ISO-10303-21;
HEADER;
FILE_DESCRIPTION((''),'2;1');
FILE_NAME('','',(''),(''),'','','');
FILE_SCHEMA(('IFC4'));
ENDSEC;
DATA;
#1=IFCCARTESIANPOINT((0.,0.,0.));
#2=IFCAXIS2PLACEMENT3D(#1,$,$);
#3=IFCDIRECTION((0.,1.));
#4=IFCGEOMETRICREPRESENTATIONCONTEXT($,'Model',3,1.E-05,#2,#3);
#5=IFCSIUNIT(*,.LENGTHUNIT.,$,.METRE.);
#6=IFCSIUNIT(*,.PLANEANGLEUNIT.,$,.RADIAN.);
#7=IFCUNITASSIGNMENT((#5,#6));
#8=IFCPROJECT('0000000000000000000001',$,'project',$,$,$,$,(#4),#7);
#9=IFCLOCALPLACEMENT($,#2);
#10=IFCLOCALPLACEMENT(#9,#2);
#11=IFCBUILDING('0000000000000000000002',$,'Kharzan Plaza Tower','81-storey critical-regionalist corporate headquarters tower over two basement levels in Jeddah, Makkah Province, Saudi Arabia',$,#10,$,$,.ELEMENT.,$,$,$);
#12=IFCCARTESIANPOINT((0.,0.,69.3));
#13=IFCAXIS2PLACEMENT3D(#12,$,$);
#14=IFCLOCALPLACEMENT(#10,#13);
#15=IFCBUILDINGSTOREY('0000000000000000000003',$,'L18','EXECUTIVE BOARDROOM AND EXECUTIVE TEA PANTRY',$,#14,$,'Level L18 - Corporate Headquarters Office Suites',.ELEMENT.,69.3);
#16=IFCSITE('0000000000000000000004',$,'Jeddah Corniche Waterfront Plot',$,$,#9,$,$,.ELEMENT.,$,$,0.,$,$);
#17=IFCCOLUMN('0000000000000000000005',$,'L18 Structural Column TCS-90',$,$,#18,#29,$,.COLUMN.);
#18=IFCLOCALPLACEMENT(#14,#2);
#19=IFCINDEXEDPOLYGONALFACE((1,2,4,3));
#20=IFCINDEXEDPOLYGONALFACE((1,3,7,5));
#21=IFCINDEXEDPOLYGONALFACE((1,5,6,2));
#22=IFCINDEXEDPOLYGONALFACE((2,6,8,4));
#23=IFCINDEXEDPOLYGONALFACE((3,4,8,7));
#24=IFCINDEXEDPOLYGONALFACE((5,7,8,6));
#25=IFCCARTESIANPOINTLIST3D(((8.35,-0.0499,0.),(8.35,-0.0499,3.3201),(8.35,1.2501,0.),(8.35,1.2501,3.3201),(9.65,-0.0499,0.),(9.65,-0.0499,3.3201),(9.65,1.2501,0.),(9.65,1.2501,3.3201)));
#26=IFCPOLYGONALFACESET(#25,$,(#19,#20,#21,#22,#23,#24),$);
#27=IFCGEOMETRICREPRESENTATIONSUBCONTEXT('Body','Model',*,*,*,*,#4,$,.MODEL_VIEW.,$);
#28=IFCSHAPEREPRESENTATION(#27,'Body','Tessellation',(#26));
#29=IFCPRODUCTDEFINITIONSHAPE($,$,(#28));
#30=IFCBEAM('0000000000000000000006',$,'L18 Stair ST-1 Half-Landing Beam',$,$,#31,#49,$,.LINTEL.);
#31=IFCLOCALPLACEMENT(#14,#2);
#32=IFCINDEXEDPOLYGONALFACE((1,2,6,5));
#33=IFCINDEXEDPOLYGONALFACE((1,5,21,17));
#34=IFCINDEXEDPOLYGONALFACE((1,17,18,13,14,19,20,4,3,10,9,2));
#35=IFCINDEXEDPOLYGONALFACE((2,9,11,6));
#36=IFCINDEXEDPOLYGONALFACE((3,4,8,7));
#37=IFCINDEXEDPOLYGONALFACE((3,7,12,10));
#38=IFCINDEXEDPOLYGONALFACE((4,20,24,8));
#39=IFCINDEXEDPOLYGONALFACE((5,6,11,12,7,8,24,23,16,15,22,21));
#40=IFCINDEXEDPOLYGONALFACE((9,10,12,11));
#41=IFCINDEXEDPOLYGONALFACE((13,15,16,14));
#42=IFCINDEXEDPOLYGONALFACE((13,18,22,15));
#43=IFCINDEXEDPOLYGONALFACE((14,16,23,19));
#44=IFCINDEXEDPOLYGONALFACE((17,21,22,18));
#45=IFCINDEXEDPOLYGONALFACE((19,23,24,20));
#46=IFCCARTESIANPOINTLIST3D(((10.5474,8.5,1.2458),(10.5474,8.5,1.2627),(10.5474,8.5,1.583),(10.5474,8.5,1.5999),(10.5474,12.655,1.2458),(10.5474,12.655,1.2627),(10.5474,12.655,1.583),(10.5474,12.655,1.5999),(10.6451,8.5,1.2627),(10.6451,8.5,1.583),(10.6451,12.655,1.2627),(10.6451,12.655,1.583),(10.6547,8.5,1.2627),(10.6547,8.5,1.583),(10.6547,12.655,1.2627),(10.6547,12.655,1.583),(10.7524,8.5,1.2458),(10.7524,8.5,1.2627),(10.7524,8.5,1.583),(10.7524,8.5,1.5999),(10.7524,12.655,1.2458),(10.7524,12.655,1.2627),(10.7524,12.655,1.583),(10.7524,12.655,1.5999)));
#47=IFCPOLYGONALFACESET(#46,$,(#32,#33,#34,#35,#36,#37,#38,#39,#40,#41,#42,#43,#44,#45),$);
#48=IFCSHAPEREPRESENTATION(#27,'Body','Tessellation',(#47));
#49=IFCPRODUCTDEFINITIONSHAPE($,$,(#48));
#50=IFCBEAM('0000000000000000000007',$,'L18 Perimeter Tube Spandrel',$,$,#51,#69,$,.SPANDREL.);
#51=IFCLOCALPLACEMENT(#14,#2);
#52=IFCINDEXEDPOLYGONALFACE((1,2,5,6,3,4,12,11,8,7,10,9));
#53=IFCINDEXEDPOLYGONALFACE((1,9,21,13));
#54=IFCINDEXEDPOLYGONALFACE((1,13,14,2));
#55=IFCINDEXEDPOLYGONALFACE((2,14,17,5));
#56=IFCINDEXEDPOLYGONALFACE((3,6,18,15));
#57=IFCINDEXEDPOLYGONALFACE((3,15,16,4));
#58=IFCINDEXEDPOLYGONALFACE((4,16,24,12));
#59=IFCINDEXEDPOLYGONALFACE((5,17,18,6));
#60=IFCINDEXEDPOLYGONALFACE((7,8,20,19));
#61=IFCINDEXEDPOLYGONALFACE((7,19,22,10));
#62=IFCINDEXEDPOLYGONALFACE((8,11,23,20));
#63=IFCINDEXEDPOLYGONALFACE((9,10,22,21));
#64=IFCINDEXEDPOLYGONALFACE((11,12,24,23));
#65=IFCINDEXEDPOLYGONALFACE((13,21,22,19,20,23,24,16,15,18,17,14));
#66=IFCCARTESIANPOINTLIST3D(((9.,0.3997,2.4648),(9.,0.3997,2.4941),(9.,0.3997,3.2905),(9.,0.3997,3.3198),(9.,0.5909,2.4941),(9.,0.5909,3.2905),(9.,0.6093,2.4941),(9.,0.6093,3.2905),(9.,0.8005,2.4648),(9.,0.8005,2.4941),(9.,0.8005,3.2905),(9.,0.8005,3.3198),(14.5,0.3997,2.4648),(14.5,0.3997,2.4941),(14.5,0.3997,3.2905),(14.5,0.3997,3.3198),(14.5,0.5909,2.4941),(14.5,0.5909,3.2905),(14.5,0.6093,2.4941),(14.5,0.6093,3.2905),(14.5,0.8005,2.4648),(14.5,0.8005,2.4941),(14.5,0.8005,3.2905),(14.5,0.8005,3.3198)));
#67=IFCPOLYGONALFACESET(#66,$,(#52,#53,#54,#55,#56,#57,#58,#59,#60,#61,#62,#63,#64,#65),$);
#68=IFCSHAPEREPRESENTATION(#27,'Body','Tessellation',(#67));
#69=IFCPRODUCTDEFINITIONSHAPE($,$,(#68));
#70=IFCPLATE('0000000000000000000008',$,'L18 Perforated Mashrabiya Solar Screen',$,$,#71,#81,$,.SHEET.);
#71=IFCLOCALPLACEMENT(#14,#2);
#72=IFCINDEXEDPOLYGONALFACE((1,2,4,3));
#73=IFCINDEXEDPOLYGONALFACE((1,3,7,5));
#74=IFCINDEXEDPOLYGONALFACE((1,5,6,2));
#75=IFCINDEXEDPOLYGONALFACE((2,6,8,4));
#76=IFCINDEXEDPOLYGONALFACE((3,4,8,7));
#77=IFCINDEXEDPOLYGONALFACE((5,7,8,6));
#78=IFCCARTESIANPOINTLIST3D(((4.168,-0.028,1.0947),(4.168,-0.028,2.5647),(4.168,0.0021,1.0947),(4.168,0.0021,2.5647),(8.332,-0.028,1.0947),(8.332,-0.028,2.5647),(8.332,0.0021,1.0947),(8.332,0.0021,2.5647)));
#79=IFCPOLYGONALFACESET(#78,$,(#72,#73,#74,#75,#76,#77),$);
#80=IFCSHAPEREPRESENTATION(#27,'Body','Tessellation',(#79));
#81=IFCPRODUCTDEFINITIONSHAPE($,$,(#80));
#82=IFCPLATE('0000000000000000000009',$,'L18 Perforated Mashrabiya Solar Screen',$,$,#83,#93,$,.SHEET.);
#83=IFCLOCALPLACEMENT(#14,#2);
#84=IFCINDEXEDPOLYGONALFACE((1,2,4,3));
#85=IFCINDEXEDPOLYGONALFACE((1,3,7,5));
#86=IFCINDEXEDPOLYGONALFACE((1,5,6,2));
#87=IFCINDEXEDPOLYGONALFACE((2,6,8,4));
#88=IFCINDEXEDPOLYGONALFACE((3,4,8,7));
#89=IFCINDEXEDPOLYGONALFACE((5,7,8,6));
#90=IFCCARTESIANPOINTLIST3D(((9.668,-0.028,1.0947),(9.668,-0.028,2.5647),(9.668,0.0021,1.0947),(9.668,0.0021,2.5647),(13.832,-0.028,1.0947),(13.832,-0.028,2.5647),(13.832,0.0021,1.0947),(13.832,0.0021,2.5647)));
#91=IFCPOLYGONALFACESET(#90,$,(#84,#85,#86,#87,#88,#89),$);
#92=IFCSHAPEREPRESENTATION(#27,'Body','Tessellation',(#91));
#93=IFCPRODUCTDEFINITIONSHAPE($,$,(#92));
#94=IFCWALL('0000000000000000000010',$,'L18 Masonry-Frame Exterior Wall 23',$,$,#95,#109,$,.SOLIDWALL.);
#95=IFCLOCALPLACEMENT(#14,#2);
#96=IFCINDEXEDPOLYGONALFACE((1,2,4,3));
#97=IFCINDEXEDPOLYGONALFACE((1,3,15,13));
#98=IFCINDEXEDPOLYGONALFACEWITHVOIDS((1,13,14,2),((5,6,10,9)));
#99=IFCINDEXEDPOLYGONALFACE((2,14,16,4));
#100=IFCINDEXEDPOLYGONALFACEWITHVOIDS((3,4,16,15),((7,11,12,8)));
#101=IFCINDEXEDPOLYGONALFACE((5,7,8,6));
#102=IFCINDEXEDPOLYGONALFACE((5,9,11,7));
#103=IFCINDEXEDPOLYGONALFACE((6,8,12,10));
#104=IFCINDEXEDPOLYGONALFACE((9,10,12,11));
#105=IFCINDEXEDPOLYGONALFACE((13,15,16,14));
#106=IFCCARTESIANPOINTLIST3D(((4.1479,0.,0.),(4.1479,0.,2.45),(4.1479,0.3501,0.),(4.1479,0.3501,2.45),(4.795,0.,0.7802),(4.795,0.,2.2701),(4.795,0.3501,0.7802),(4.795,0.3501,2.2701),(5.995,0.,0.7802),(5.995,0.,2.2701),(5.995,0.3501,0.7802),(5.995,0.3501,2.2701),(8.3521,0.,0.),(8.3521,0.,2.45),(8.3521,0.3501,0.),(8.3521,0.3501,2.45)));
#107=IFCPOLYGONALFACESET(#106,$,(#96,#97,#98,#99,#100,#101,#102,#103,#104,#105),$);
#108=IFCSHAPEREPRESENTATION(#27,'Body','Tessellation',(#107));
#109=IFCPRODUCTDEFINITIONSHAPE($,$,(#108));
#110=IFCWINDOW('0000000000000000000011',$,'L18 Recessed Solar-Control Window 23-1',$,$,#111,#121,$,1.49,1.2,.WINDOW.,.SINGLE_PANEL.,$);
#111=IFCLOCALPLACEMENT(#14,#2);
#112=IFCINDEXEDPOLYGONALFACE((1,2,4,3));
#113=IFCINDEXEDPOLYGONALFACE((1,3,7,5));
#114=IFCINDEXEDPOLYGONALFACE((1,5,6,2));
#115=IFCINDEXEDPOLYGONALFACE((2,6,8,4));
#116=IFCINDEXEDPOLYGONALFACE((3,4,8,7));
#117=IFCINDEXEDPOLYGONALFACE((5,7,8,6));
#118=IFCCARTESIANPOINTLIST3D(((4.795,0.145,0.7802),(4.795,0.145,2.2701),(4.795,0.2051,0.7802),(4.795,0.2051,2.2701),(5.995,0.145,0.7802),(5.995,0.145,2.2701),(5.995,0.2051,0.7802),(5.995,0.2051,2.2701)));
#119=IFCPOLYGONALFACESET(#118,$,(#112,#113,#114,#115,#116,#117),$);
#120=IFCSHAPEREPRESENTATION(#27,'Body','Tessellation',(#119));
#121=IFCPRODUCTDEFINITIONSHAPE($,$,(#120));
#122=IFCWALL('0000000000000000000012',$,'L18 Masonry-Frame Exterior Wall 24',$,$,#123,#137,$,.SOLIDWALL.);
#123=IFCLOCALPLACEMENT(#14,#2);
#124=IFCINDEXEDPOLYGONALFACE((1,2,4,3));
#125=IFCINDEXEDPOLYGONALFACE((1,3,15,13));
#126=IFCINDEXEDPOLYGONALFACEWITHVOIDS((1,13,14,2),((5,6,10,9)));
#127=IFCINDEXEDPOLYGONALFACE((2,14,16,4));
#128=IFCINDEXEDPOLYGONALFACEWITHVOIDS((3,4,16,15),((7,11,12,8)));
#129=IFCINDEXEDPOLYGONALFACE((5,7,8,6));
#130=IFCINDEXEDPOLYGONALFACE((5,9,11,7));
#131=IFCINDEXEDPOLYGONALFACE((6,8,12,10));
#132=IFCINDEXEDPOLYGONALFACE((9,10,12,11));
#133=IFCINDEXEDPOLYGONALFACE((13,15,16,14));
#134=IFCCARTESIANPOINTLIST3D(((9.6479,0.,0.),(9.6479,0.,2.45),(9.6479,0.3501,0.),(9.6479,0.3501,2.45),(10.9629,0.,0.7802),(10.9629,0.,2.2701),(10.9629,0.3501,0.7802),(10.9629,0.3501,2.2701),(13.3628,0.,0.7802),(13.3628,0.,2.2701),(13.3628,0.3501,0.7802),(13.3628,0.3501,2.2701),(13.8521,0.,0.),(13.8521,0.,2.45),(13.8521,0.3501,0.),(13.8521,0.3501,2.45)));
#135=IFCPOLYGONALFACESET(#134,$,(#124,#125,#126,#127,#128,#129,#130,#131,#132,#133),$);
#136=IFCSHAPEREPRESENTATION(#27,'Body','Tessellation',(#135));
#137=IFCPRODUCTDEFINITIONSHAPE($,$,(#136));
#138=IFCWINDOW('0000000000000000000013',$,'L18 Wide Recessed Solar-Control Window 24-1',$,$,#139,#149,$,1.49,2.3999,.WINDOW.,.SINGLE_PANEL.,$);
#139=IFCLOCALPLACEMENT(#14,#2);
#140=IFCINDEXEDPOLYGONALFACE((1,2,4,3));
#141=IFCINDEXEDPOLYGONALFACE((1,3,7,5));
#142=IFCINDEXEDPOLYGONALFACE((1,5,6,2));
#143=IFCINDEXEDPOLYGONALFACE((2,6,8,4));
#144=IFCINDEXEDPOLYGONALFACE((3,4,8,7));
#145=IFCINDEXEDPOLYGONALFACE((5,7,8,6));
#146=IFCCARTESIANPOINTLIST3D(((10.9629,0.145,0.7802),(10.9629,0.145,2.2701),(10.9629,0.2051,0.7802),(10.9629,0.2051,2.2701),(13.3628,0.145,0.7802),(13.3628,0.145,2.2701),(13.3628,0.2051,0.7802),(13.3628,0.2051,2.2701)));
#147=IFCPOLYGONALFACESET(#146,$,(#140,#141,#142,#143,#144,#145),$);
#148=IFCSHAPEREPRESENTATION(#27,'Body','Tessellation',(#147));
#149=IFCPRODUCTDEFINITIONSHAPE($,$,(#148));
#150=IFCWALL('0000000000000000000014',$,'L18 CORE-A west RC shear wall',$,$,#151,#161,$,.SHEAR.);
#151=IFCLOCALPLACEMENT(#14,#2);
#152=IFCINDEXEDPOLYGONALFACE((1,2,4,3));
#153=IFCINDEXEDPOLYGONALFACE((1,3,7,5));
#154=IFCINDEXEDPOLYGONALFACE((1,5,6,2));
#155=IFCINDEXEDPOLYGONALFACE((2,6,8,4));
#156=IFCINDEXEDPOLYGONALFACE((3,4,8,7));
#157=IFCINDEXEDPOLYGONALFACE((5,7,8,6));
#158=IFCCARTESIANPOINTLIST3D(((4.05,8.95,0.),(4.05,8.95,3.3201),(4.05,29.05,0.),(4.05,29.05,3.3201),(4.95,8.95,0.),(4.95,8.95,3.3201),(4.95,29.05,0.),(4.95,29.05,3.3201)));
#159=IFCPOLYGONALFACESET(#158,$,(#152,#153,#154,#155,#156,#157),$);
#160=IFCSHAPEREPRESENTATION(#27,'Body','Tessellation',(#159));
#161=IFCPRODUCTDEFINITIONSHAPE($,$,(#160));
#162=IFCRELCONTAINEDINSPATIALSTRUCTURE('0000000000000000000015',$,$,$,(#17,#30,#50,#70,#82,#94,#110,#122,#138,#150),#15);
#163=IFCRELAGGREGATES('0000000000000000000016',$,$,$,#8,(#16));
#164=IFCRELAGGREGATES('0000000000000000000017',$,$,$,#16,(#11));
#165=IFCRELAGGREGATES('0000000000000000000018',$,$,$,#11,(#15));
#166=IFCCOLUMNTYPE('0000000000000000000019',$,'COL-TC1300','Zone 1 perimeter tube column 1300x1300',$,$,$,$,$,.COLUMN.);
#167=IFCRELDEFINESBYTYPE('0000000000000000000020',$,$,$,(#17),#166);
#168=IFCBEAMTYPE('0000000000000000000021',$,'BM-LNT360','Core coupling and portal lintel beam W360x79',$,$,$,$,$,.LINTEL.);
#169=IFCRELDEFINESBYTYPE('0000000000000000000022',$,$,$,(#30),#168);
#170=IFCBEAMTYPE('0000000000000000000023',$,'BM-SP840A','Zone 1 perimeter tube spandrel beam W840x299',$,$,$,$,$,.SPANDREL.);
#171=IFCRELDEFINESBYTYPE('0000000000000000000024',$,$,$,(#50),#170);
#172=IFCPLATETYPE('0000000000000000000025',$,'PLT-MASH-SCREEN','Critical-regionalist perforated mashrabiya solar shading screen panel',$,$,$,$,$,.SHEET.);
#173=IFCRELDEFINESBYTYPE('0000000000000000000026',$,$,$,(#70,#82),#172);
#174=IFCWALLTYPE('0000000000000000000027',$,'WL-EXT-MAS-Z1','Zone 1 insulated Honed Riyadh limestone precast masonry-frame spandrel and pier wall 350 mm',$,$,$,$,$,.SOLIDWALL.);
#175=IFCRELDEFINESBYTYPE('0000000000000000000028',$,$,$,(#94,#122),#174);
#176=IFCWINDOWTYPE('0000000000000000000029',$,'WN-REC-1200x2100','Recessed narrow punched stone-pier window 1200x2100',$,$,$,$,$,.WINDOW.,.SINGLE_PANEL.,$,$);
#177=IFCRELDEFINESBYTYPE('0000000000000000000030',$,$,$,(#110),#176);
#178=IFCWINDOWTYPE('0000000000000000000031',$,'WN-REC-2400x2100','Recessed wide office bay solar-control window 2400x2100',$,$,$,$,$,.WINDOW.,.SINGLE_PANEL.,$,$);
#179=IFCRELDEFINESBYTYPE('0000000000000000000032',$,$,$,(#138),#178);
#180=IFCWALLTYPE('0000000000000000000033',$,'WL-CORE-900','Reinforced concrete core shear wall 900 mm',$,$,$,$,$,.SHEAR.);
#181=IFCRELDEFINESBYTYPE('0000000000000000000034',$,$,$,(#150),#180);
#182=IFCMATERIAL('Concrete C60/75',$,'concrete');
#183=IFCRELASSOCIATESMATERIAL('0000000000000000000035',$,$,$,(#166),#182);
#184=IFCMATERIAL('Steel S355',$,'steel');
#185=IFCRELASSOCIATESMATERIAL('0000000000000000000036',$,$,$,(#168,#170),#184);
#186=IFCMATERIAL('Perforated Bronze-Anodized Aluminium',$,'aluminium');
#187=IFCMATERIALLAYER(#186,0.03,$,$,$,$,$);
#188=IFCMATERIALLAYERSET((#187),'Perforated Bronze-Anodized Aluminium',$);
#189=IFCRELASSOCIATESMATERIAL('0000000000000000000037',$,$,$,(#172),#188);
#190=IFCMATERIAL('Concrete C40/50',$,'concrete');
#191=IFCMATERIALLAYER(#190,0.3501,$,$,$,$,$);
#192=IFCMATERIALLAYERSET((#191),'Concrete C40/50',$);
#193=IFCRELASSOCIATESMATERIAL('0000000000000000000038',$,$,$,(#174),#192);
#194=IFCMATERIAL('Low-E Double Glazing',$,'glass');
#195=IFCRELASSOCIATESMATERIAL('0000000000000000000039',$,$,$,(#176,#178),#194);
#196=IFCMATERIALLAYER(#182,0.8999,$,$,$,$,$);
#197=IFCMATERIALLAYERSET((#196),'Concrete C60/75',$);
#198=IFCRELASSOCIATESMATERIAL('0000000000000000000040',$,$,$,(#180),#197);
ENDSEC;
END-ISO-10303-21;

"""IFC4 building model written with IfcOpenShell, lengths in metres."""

from ifc_helpers import new_model, si_unit, direction, frame, frame_2d, origin, origin_2d, place, context, subcontext, project, spatial, rectangle, i_section, extrude, source, transform, mapped, material, layer, layer_set, material_profile, profile_set, type_object, element, fill, save


model = new_model("IFC4")

# Units and contexts
model_context = context("Model", 3, precision=1e-05, world=origin(), true_north=direction((0.0, 1.0)))
body_context = subcontext(model_context, "Body", "Model", "MODEL_VIEW")
ifc_project = project(units=[si_unit("LENGTHUNIT", "METRE"), si_unit("PLANEANGLEUNIT", "RADIAN")], contexts=[model_context])

# Site, building, storey
site_placement = place(None, origin())
site = spatial("IfcSite", under=ifc_project, at=site_placement, Name="Jeddah Corniche Waterfront Plot", CompositionType="ELEMENT", RefElevation=0.0)
building_placement = place(site_placement, origin())
building = spatial("IfcBuilding", under=site, at=building_placement, Name="Kharzan Plaza Tower", Description="81-storey critical-regionalist corporate headquarters tower over two basement levels in Jeddah, Makkah Province, Saudi Arabia", CompositionType="ELEMENT")
storey_placement = place(building_placement, frame((0.0, 0.0, 69.3)))
storey = spatial("IfcBuildingStorey", under=building, at=storey_placement, Name="L18", Description="EXECUTIVE BOARDROOM AND EXECUTIVE TEA PANTRY", LongName="Level L18 - Corporate Headquarters Office Suites", CompositionType="ELEMENT", Elevation=69.3)

# Column
ifc_material_1 = material(Name="Concrete C60/75", Category="concrete")
ifc_material_profile_1 = material_profile(ifc_material_1, rectangle(XDim=1.3, YDim=1.3, at=origin_2d()), Name="RC-TC1300x1300")
ifc_profile_set_1 = profile_set([ifc_material_profile_1], Name="Concrete C60/75")
column_type = type_object("IfcColumnType", Name="COL-TC1300", Description="Zone 1 perimeter tube column 1300x1300", PredefinedType="COLUMN", material=ifc_profile_set_1)
shared_shape_1 = source(origin(), body_context, "Body", "SweptSolid", [
    extrude(rectangle(XDim=1.3, YDim=1.3, at=origin_2d()), origin(), (0.0, 0.0, 1.0), 3.3201),
])
column_placement = place(storey_placement, frame((9.0, 0.6001, 0.0), z_axis=(0.0, 0.0, 1.0), x_axis=(1.0, 0.0, 0.0)))
element("IfcColumn", 1, at=column_placement, inside=storey, type_object=column_type, Name="L18 Structural Column TCS-90", PredefinedType="COLUMN", context=body_context, shape_type="MappedRepresentation", body=[
    mapped(shared_shape_1, transform((0.0, 0.0, 0.0), x_axis=(1.0, 0.0, 0.0), y_axis=(0.0, 1.0, 0.0), z_axis=(0.0, 0.0, 1.0))),
])

# Beams
ifc_material_2 = material(Name="Steel S355", Category="steel")
ifc_material_profile_2 = material_profile(ifc_material_2, i_section(OverallWidth=0.2051, OverallDepth=0.354, WebThickness=0.0095, FlangeThickness=0.0168, at=origin_2d()), Name="W360x79")
ifc_profile_set_2 = profile_set([ifc_material_profile_2], Name="Steel S355")
beam_type_1 = type_object("IfcBeamType", Name="BM-LNT360", Description="Core coupling and portal lintel beam W360x79", PredefinedType="LINTEL", material=ifc_profile_set_2)
shared_shape_2 = source(origin(), body_context, "Body", "SweptSolid", [
    extrude(i_section(OverallWidth=0.2051, OverallDepth=0.354, WebThickness=0.0095, FlangeThickness=0.0168, at=origin_2d()), origin(), (0.0, 0.0, 1.0), 4.155),
])
beam_1_placement = place(storey_placement, frame((10.6499, 8.5, 1.4229), z_axis=(0.0, 1.0, 0.0), x_axis=(-1.0, 0.0, 0.0)))
element("IfcBeam", 2, at=beam_1_placement, inside=storey, type_object=beam_type_1, Name="L18 Stair ST-1 Half-Landing Beam", PredefinedType="LINTEL", context=body_context, shape_type="MappedRepresentation", body=[
    mapped(shared_shape_2, transform((0.0, 0.0, 0.0), x_axis=(1.0, 0.0, 0.0), y_axis=(0.0, 1.0, 0.0), z_axis=(0.0, 0.0, 1.0))),
])
ifc_material_profile_3 = material_profile(ifc_material_2, i_section(OverallWidth=0.4009, OverallDepth=0.855, WebThickness=0.0183, FlangeThickness=0.0293, at=origin_2d()), Name="W840x299")
ifc_profile_set_3 = profile_set([ifc_material_profile_3], Name="Steel S355")
beam_type_2 = type_object("IfcBeamType", Name="BM-SP840A", Description="Zone 1 perimeter tube spandrel beam W840x299", PredefinedType="SPANDREL", material=ifc_profile_set_3)
shared_shape_3 = source(origin(), body_context, "Body", "SweptSolid", [
    extrude(i_section(OverallWidth=0.4009, OverallDepth=0.855, WebThickness=0.0183, FlangeThickness=0.0293, at=origin_2d()), origin(), (0.0, 0.0, 1.0), 5.5),
])
beam_2_placement = place(storey_placement, frame((9.0, 0.6001, 2.8923), z_axis=(1.0, 0.0, 0.0), x_axis=(0.0, 1.0, 0.0)))
element("IfcBeam", 3, at=beam_2_placement, inside=storey, type_object=beam_type_2, Name="L18 Perimeter Tube Spandrel", PredefinedType="SPANDREL", context=body_context, shape_type="MappedRepresentation", body=[
    mapped(shared_shape_3, transform((0.0, 0.0, 0.0), x_axis=(1.0, 0.0, 0.0), y_axis=(0.0, 1.0, 0.0), z_axis=(0.0, 0.0, 1.0))),
])

# Plates
ifc_material_3 = material(Name="Perforated Bronze-Anodized Aluminium", Category="aluminium")
ifc_layer_1 = layer(ifc_material_3, 0.03)
ifc_layer_set_1 = layer_set([ifc_layer_1], Name="Perforated Bronze-Anodized Aluminium")
plate_type = type_object("IfcPlateType", Name="PLT-MASH-SCREEN", Description="Critical-regionalist perforated mashrabiya solar shading screen panel", PredefinedType="SHEET", material=ifc_layer_set_1)
shared_shape_4 = source(origin(), body_context, "Body", "SweptSolid", [
    extrude(rectangle(XDim=4.1641, YDim=0.03, at=origin_2d()), origin(), (0.0, 0.0, 1.0), 1.47),
])
for number, where, z_axis, x_axis, name in (
    (4, (6.25, -0.0129, 1.0947), (0.0, 0.0, 1.0), (1.0, 0.0, 0.0), "L18 Perforated Mashrabiya Solar Screen"),
    (5, (11.75, -0.0129, 1.0947), (0.0, 0.0, 1.0), (1.0, 0.0, 0.0), "L18 Perforated Mashrabiya Solar Screen"),
):
    element("IfcPlate", number, at=place(storey_placement, frame(where, z_axis=z_axis, x_axis=x_axis)), inside=storey, type_object=plate_type, Name=name, PredefinedType="SHEET", context=body_context, shape_type="MappedRepresentation", body=[
        mapped(shared_shape_4, transform((0.0, 0.0, 0.0), x_axis=(1.0, 0.0, 0.0), y_axis=(0.0, 1.0, 0.0), z_axis=(0.0, 0.0, 1.0))),
    ])

# Walls, openings, windows
ifc_material_4 = material(Name="Concrete C40/50", Category="concrete")
ifc_layer_2 = layer(ifc_material_4, 0.3501)
ifc_layer_set_2 = layer_set([ifc_layer_2], Name="Concrete C40/50")
wall_type_1 = type_object("IfcWallType", Name="WL-EXT-MAS-Z1", Description="Zone 1 insulated Honed Riyadh limestone precast masonry-frame spandrel and pier wall 350 mm", PredefinedType="SOLIDWALL", material=ifc_layer_set_2)
wall_1_placement = place(storey_placement, frame((4.1479, 0.175, 0.0), z_axis=(0.0, 0.0, 1.0), x_axis=(1.0, 0.0, 0.0)))
wall_1 = element("IfcWall", 6, at=wall_1_placement, inside=storey, type_object=wall_type_1, Name="L18 Masonry-Frame Exterior Wall 23", PredefinedType="SOLIDWALL", context=body_context, shape_type="SweptSolid", body=[
    extrude(rectangle(XDim=4.2041, YDim=0.3501, at=frame_2d((2.1021, 0.0))), origin(), (0.0, 0.0, 1.0), 2.45),
])
opening_1_placement = place(wall_1_placement, frame((0.647, 0.0, 0.78)))
opening_1 = element("IfcOpeningElement", 7, at=opening_1_placement, cuts=wall_1, PredefinedType="OPENING", context=body_context, shape_type="SweptSolid", body=[
    extrude(rectangle(XDim=1.2, YDim=1.49, at=frame_2d((0.6001, 0.7451))), frame((0.0, 0.1851, 0.0), z_axis=(0.0, -1.0, 0.0), x_axis=(1.0, 0.0, 0.0)), (0.0, 0.0, 1.0), 0.3701),
])
ifc_material_5 = material(Name="Low-E Double Glazing", Category="glass")
window_type_1 = type_object("IfcWindowType", Name="WN-REC-1200x2100", Description="Recessed narrow punched stone-pier window 1200x2100", PartitioningType="SINGLE_PANEL", PredefinedType="WINDOW", material=ifc_material_5)
shared_shape_5 = source(origin(), body_context, "Body", "SweptSolid", [
    extrude(rectangle(XDim=1.2, YDim=1.49, at=frame_2d((0.6001, 0.7451))), frame((0.0, 0.03, 0.0), z_axis=(0.0, -1.0, 0.0), x_axis=(1.0, 0.0, 0.0)), (0.0, 0.0, 1.0), 0.0601),
])
window_1_placement = place(opening_1_placement, origin())
window_1 = element("IfcWindow", 8, at=window_1_placement, inside=storey, type_object=window_type_1, Name="L18 Recessed Solar-Control Window 23-1", OverallHeight=1.49, OverallWidth=1.2, PartitioningType="SINGLE_PANEL", PredefinedType="WINDOW", context=body_context, shape_type="MappedRepresentation", body=[
    mapped(shared_shape_5, transform((0.0, 0.0, 0.0), x_axis=(1.0, 0.0, 0.0), y_axis=(0.0, 1.0, 0.0), z_axis=(0.0, 0.0, 1.0))),
])
fill(opening_1, window_1)
wall_2_placement = place(storey_placement, frame((9.6479, 0.175, 0.0), z_axis=(0.0, 0.0, 1.0), x_axis=(1.0, 0.0, 0.0)))
wall_2 = element("IfcWall", 9, at=wall_2_placement, inside=storey, type_object=wall_type_1, Name="L18 Masonry-Frame Exterior Wall 24", PredefinedType="SOLIDWALL", context=body_context, shape_type="SweptSolid", body=[
    extrude(rectangle(XDim=4.2041, YDim=0.3501, at=frame_2d((2.1021, 0.0))), origin(), (0.0, 0.0, 1.0), 2.45),
])
opening_2_placement = place(wall_2_placement, frame((1.3149, 0.0, 0.78)))
opening_2 = element("IfcOpeningElement", 10, at=opening_2_placement, cuts=wall_2, PredefinedType="OPENING", context=body_context, shape_type="SweptSolid", body=[
    extrude(rectangle(XDim=2.3999, YDim=1.49, at=frame_2d((1.2, 0.7451))), frame((0.0, 0.1851, 0.0), z_axis=(0.0, -1.0, 0.0), x_axis=(1.0, 0.0, 0.0)), (0.0, 0.0, 1.0), 0.3701),
])
window_type_2 = type_object("IfcWindowType", Name="WN-REC-2400x2100", Description="Recessed wide office bay solar-control window 2400x2100", PartitioningType="SINGLE_PANEL", PredefinedType="WINDOW", material=ifc_material_5)
shared_shape_6 = source(origin(), body_context, "Body", "SweptSolid", [
    extrude(rectangle(XDim=2.3999, YDim=1.49, at=frame_2d((1.2, 0.7451))), frame((0.0, 0.03, 0.0), z_axis=(0.0, -1.0, 0.0), x_axis=(1.0, 0.0, 0.0)), (0.0, 0.0, 1.0), 0.0601),
])
window_2_placement = place(opening_2_placement, origin())
window_2 = element("IfcWindow", 11, at=window_2_placement, inside=storey, type_object=window_type_2, Name="L18 Wide Recessed Solar-Control Window 24-1", OverallHeight=1.49, OverallWidth=2.3999, PartitioningType="SINGLE_PANEL", PredefinedType="WINDOW", context=body_context, shape_type="MappedRepresentation", body=[
    mapped(shared_shape_6, transform((0.0, 0.0, 0.0), x_axis=(1.0, 0.0, 0.0), y_axis=(0.0, 1.0, 0.0), z_axis=(0.0, 0.0, 1.0))),
])
fill(opening_2, window_2)

# Wall
ifc_layer_3 = layer(ifc_material_1, 0.8999)
ifc_layer_set_3 = layer_set([ifc_layer_3], Name="Concrete C60/75")
wall_type_2 = type_object("IfcWallType", Name="WL-CORE-900", Description="Reinforced concrete core shear wall 900 mm", PredefinedType="SHEAR", material=ifc_layer_set_3)
shared_shape_7 = source(origin(), body_context, "Body", "SweptSolid", [
    extrude(rectangle(XDim=20.1001, YDim=0.8999, at=frame_2d((10.05, 0.0))), origin(), (0.0, 0.0, 1.0), 3.3201),
])
wall_3_placement = place(storey_placement, frame((4.5, 8.95, 0.0), z_axis=(0.0, 0.0, 1.0), x_axis=(0.0, 1.0, 0.0)))
element("IfcWall", 12, at=wall_3_placement, inside=storey, type_object=wall_type_2, Name="L18 CORE-A west RC shear wall", PredefinedType="SHEAR", context=body_context, shape_type="MappedRepresentation", body=[
    mapped(shared_shape_7, transform((0.0, 0.0, 0.0), x_axis=(1.0, 0.0, 0.0), y_axis=(0.0, 1.0, 0.0), z_axis=(0.0, 0.0, 1.0))),
])

save(model, "model.ifc")
